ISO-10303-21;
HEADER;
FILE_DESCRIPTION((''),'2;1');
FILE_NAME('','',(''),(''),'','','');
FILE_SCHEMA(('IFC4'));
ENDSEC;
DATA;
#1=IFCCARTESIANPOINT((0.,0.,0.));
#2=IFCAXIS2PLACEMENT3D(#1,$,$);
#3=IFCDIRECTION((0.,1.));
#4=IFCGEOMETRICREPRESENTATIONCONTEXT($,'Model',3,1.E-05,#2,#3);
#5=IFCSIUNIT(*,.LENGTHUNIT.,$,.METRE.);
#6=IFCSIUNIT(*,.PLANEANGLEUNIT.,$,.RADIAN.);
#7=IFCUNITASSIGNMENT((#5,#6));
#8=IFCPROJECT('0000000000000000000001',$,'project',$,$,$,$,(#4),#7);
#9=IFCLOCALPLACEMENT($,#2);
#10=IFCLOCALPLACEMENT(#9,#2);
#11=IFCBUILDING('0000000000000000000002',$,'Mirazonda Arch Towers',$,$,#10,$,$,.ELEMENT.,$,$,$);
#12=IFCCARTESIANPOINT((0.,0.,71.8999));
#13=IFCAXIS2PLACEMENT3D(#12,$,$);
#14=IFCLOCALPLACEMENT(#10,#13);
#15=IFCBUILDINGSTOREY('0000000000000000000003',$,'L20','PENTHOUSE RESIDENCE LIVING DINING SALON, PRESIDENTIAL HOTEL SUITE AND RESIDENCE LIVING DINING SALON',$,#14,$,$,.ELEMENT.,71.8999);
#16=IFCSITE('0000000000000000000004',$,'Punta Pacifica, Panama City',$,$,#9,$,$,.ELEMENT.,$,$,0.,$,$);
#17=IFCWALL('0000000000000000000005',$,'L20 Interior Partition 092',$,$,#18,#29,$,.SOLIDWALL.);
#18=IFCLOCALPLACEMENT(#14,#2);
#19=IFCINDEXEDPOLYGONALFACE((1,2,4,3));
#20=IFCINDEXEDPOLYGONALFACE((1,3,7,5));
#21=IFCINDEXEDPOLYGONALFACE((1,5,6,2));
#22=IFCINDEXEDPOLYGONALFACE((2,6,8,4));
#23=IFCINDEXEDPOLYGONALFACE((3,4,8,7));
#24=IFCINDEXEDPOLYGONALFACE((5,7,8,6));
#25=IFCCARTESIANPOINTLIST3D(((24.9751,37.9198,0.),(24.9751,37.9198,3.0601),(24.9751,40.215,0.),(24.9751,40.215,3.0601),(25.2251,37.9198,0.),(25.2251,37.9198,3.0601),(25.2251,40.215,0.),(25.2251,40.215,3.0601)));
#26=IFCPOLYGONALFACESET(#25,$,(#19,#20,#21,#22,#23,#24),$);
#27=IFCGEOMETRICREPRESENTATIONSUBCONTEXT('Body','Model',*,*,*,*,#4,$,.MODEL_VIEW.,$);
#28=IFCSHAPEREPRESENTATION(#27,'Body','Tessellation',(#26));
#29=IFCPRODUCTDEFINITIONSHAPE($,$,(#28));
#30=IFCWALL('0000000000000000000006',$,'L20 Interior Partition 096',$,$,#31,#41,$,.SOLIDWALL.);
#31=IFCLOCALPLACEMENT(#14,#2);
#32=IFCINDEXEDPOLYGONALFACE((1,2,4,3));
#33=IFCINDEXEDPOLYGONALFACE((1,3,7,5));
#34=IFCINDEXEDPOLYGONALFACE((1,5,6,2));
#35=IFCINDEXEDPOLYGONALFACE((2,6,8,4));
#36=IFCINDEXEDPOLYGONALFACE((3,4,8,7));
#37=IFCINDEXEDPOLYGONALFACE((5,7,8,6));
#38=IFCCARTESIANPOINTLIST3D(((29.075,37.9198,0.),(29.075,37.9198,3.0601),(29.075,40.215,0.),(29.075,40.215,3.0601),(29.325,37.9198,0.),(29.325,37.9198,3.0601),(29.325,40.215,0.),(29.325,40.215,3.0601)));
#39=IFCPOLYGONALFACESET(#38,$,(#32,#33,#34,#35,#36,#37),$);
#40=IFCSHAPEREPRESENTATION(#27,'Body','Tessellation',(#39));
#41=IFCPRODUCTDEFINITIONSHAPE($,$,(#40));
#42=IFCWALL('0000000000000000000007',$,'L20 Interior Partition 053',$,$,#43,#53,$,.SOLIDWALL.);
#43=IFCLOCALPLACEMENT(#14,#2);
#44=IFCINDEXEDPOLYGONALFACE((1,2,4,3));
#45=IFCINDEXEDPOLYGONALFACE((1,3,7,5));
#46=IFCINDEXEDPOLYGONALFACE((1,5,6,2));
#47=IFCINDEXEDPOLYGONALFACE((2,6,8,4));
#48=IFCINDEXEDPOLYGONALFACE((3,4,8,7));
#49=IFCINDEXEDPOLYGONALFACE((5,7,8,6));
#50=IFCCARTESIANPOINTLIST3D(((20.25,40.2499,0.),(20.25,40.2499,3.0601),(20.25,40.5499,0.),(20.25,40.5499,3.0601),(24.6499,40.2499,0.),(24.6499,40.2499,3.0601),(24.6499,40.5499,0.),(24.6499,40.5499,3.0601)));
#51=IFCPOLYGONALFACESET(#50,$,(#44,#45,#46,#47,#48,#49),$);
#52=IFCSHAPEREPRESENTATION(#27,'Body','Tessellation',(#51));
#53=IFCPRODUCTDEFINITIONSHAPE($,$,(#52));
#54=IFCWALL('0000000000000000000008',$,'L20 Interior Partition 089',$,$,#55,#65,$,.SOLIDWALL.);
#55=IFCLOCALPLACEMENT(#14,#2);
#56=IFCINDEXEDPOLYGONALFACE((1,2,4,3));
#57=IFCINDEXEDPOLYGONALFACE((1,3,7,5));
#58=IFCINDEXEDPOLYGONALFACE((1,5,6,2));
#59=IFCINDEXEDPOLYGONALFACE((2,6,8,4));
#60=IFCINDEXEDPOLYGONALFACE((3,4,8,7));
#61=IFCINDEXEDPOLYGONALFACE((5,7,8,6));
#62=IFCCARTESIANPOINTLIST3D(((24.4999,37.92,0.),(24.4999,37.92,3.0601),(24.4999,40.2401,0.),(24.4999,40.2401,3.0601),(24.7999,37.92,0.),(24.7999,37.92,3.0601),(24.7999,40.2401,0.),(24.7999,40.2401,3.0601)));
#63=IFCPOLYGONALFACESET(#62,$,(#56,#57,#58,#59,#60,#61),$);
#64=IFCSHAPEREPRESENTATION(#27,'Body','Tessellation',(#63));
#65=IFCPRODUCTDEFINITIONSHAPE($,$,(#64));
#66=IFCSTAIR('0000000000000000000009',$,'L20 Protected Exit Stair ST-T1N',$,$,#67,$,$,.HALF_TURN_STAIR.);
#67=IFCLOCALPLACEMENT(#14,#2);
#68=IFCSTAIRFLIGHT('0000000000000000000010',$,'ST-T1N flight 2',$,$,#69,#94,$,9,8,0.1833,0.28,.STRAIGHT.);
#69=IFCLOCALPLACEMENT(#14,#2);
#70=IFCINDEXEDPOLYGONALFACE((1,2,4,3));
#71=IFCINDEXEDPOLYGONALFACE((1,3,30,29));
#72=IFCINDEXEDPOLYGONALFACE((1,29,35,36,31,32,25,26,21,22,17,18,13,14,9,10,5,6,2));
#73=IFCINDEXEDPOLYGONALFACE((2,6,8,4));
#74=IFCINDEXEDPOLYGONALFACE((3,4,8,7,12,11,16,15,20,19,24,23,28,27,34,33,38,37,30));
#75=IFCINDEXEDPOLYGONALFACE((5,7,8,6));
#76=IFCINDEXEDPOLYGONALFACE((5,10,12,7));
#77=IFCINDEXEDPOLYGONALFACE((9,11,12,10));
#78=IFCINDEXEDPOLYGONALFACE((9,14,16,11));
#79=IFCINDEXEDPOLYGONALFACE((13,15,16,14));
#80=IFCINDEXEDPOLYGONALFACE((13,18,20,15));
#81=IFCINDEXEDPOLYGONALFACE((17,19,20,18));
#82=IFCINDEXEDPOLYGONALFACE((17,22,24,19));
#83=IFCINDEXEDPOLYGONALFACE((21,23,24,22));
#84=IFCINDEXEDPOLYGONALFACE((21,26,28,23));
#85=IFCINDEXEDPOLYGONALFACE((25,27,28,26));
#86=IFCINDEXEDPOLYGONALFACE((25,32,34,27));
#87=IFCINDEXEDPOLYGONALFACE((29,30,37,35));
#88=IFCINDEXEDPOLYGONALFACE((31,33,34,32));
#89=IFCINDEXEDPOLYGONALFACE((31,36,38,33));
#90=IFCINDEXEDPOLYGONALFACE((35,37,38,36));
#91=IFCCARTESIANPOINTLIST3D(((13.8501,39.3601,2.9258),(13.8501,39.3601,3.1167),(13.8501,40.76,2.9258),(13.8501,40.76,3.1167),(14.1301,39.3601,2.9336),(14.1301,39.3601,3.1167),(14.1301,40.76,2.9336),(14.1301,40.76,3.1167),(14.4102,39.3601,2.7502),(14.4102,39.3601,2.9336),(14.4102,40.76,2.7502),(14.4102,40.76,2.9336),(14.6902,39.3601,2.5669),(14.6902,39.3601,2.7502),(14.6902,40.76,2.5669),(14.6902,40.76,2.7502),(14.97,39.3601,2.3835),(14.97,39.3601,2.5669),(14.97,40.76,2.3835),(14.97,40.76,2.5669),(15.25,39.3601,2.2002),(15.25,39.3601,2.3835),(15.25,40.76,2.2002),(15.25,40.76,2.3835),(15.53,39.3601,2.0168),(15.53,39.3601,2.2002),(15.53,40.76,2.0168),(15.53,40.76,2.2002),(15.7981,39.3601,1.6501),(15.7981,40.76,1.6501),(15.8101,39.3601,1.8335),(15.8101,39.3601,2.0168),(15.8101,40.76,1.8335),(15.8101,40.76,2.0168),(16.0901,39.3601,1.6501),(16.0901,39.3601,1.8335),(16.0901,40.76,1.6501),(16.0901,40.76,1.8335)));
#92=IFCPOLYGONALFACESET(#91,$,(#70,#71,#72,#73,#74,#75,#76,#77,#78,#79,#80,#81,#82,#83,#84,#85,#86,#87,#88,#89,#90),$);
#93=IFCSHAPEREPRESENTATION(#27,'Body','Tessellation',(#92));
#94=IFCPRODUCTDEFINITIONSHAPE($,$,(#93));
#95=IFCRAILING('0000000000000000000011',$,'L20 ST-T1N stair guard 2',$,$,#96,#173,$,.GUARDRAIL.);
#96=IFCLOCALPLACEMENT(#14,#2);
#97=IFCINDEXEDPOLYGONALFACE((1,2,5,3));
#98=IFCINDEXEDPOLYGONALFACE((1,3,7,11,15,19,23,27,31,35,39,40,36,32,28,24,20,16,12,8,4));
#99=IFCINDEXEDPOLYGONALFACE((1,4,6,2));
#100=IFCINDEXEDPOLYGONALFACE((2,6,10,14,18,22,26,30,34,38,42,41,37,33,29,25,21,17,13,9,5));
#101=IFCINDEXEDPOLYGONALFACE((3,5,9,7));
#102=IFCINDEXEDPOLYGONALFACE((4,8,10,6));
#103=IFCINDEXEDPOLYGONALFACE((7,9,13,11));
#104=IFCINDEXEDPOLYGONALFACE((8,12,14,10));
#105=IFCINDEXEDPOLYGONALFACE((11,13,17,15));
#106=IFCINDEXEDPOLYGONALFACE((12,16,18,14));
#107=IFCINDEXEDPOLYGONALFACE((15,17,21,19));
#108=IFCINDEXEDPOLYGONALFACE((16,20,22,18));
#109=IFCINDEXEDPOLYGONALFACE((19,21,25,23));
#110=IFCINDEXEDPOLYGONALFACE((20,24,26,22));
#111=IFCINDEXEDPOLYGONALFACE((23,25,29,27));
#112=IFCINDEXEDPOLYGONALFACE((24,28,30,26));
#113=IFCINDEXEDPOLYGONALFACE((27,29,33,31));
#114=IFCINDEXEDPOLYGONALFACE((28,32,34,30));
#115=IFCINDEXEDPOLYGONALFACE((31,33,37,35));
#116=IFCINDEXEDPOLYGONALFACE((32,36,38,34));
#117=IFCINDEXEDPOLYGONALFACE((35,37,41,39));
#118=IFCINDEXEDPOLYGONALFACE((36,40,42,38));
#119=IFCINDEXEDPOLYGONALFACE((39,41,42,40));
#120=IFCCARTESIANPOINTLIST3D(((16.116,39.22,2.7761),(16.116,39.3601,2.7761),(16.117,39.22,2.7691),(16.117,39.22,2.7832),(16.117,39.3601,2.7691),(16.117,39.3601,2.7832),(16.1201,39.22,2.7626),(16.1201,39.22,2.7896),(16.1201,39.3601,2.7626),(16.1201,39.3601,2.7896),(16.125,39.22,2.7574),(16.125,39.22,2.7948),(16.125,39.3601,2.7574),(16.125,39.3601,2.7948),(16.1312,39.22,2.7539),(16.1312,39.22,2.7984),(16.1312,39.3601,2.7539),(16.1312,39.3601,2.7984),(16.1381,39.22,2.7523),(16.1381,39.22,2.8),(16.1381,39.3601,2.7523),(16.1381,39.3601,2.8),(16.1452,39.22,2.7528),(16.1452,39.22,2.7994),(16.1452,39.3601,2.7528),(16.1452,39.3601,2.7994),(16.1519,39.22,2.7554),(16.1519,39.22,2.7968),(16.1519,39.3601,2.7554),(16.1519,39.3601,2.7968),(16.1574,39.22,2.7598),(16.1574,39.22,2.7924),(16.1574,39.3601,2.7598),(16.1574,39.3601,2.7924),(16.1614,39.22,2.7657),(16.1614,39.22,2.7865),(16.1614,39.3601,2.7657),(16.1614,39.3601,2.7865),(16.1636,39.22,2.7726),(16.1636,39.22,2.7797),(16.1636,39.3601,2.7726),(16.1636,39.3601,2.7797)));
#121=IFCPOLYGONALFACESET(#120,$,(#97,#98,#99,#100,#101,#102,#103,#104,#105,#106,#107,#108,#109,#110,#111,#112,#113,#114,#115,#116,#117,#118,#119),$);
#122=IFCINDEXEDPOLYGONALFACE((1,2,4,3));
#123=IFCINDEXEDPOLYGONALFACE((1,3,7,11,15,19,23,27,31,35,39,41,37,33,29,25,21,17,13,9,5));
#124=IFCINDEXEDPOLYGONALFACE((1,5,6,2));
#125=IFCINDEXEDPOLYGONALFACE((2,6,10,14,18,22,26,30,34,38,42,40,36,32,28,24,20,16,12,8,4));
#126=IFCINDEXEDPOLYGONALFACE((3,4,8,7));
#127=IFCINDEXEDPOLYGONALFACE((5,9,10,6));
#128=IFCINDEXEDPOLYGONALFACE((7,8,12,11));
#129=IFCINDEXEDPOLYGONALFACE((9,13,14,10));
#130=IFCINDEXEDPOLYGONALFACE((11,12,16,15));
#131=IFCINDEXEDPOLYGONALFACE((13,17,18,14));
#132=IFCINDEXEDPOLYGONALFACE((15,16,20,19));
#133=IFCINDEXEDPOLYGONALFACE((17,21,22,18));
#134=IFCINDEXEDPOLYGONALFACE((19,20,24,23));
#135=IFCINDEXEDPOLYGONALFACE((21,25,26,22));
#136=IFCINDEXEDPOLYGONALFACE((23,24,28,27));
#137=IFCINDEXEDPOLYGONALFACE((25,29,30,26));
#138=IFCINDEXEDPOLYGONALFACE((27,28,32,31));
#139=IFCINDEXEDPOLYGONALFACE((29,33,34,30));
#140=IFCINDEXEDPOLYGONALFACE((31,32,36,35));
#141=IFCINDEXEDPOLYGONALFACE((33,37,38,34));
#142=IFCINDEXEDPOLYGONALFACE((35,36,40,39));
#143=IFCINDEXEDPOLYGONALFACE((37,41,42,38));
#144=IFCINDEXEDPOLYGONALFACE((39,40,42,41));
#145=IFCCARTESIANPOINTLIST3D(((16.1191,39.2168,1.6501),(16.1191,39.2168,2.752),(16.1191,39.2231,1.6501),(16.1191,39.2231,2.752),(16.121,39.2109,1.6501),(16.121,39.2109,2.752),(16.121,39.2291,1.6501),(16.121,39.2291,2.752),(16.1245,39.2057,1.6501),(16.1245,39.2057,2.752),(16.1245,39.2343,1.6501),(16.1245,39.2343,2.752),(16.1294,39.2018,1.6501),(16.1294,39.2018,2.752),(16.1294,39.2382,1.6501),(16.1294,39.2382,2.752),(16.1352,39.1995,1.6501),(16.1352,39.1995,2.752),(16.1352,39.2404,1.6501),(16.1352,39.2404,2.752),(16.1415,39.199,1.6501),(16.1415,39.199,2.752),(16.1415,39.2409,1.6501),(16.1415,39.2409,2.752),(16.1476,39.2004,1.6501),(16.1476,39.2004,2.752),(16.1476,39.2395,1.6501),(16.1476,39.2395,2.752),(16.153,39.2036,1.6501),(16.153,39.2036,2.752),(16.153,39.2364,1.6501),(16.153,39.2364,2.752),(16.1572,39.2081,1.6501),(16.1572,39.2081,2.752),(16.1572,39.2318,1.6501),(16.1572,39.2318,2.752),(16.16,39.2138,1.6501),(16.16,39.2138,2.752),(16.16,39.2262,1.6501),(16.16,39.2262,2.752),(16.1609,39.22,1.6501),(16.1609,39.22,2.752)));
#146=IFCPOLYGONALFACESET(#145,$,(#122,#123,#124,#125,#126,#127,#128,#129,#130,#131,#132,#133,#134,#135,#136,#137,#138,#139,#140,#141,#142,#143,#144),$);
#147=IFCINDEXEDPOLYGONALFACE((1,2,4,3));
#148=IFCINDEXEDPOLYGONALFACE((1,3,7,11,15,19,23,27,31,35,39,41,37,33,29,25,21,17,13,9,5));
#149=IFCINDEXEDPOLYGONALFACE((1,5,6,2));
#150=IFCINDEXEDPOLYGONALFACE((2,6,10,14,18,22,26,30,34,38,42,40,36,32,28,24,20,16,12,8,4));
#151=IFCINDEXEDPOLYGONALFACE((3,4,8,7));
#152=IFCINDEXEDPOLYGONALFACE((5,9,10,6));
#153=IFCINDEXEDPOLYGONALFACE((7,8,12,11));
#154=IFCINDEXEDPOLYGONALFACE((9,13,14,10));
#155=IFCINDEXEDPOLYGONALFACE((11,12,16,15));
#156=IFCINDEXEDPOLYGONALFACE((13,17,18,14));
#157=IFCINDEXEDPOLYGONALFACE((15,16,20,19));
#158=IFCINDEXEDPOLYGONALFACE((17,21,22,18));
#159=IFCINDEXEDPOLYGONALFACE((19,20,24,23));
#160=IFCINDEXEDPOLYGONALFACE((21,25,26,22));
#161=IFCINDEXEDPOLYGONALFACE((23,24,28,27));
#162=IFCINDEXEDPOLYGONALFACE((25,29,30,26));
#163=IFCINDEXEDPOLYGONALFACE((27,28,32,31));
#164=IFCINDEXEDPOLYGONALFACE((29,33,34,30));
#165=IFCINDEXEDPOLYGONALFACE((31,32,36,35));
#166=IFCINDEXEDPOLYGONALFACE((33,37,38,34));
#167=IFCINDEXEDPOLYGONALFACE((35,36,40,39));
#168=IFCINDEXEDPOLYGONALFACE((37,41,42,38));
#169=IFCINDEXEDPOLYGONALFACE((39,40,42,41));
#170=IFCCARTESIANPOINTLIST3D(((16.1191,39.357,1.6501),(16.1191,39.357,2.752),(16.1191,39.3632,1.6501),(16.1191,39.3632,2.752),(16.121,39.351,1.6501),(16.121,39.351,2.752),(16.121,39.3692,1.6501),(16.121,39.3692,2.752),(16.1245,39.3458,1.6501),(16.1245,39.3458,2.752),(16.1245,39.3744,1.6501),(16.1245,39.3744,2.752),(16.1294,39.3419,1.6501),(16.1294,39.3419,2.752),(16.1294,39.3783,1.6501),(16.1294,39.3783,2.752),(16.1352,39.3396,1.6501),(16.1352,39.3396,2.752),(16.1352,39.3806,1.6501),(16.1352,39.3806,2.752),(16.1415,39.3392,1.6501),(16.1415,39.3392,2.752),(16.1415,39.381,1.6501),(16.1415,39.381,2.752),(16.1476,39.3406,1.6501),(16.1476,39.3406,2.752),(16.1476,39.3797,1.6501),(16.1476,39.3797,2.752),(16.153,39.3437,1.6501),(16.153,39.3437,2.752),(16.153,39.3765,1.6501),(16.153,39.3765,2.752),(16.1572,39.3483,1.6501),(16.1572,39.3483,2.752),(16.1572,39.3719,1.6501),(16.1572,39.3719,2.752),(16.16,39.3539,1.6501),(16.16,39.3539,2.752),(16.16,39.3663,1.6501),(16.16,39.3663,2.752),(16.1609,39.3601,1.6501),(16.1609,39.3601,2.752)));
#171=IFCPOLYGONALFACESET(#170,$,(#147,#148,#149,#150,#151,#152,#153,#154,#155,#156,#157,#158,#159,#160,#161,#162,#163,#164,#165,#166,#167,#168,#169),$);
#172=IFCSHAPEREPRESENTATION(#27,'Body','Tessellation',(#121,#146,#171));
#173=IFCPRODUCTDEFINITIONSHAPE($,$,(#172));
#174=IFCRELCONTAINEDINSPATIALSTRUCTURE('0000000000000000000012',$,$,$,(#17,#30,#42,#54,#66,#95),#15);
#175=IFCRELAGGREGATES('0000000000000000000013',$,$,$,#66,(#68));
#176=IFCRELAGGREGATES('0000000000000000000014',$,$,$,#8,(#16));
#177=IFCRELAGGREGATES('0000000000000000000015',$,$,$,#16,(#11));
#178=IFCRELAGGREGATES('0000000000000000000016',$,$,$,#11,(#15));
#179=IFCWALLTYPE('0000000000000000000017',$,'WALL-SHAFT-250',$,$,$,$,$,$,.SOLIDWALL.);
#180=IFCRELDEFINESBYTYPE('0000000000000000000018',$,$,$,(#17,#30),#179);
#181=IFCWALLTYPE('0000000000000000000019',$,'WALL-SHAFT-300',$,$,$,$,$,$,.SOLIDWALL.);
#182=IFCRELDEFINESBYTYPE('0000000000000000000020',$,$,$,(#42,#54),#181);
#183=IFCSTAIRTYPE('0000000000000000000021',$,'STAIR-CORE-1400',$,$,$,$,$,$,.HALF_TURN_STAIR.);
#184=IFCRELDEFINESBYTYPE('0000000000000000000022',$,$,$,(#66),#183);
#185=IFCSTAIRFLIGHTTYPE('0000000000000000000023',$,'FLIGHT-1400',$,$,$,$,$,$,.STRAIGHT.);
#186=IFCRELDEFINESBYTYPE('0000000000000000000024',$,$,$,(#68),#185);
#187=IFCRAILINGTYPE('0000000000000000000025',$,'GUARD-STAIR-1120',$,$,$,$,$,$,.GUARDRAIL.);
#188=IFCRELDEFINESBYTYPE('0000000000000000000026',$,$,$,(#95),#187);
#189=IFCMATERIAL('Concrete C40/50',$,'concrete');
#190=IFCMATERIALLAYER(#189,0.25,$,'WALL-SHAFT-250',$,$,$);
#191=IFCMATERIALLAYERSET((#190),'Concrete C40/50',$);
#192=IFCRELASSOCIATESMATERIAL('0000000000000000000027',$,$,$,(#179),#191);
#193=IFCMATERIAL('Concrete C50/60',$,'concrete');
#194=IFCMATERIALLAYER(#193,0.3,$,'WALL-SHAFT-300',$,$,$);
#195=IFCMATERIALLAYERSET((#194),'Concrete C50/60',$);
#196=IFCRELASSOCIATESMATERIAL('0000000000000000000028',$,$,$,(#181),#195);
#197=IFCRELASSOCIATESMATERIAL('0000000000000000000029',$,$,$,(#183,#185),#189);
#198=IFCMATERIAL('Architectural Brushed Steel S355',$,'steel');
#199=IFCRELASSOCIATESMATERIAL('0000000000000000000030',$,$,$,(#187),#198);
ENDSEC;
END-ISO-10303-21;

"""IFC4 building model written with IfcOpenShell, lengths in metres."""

from ifc_helpers import new_model, si_unit, direction, frame, frame_2d, origin, origin_2d, place, context, subcontext, project, spatial, polyline, rectangle, circle, outline, extrude, material, layer, layer_set, type_object, element, aggregate, save


model = new_model("IFC4")

# Units and contexts
model_context = context("Model", 3, precision=1e-05, world=origin(), true_north=direction((0.0, 1.0)))
body_context = subcontext(model_context, "Body", "Model", "MODEL_VIEW")
ifc_project = project(units=[si_unit("LENGTHUNIT", "METRE"), si_unit("PLANEANGLEUNIT", "RADIAN")], contexts=[model_context])

# Site, building, storey
site_placement = place(None, origin())
site = spatial("IfcSite", under=ifc_project, at=site_placement, Name="Punta Pacifica, Panama City", CompositionType="ELEMENT", RefElevation=0.0)
building_placement = place(site_placement, origin())
building = spatial("IfcBuilding", under=site, at=building_placement, Name="Mirazonda Arch Towers", CompositionType="ELEMENT")
storey_placement = place(building_placement, frame((0.0, 0.0, 71.8999)))
storey = spatial("IfcBuildingStorey", under=building, at=storey_placement, Name="L20", Description="PENTHOUSE RESIDENCE LIVING DINING SALON, PRESIDENTIAL HOTEL SUITE AND RESIDENCE LIVING DINING SALON", CompositionType="ELEMENT", Elevation=71.8999)

# Shared definitions
ifc_material_1 = material(Name="Architectural Brushed Steel S355", Category="steel")

# Walls
ifc_material_2 = material(Name="Concrete C40/50", Category="concrete")
ifc_layer_1 = layer(ifc_material_2, 0.25, Name="WALL-SHAFT-250")
ifc_layer_set_1 = layer_set([ifc_layer_1], Name="Concrete C40/50")
wall_type_1 = type_object("IfcWallType", Name="WALL-SHAFT-250", PredefinedType="SOLIDWALL", material=ifc_layer_set_1)
for number, where, z_axis, x_axis, name in (
    (1, (25.1001, 37.9199, 0.0), (0.0, 0.0, 1.0), (0.0, 1.0, 0.0), "L20 Interior Partition 092"),
    (2, (29.2, 37.9199, 0.0), (0.0, 0.0, 1.0), (0.0, 1.0, 0.0), "L20 Interior Partition 096"),
):
    element("IfcWall", number, at=place(storey_placement, frame(where, z_axis=z_axis, x_axis=x_axis)), inside=storey, type_object=wall_type_1, Name=name, PredefinedType="SOLIDWALL", context=body_context, shape_type="SweptSolid", body=[
        extrude(rectangle(XDim=2.2952, YDim=0.25, at=frame_2d((1.1475, 0.0))), origin(), (0.0, 0.0, 1.0), 3.0601),
    ])
ifc_material_3 = material(Name="Concrete C50/60", Category="concrete")
ifc_layer_2 = layer(ifc_material_3, 0.3, Name="WALL-SHAFT-300")
ifc_layer_set_2 = layer_set([ifc_layer_2], Name="Concrete C50/60")
wall_type_2 = type_object("IfcWallType", Name="WALL-SHAFT-300", PredefinedType="SOLIDWALL", material=ifc_layer_set_2)
wall_1_placement = place(storey_placement, frame((20.25, 40.3999, 0.0), z_axis=(0.0, 0.0, 1.0), x_axis=(1.0, 0.0, 0.0)))
element("IfcWall", 3, at=wall_1_placement, inside=storey, type_object=wall_type_2, Name="L20 Interior Partition 053", PredefinedType="SOLIDWALL", context=body_context, shape_type="SweptSolid", body=[
    extrude(rectangle(XDim=4.3999, YDim=0.3, at=frame_2d((2.2, 0.0))), origin(), (0.0, 0.0, 1.0), 3.0601),
])
wall_2_placement = place(storey_placement, frame((24.6499, 37.9199, 0.0), z_axis=(0.0, 0.0, 1.0), x_axis=(0.0, 1.0, 0.0)))
element("IfcWall", 4, at=wall_2_placement, inside=storey, type_object=wall_type_2, Name="L20 Interior Partition 089", PredefinedType="SOLIDWALL", context=body_context, shape_type="SweptSolid", body=[
    extrude(rectangle(XDim=2.3201, YDim=0.3, at=frame_2d((1.1602, 0.0))), origin(), (0.0, 0.0, 1.0), 3.0601),
])

# Stair, stair flight
stair_type = type_object("IfcStairType", Name="STAIR-CORE-1400", PredefinedType="HALF_TURN_STAIR", material=ifc_material_2)
stair_placement = place(storey_placement, origin())
stair = element("IfcStair", 5, at=stair_placement, inside=storey, type_object=stair_type, Name="L20 Protected Exit Stair ST-T1N", PredefinedType="HALF_TURN_STAIR")
stair_flight_type = type_object("IfcStairFlightType", Name="FLIGHT-1400", PredefinedType="STRAIGHT", material=ifc_material_2)
stair_flight_placement = place(storey_placement, frame((16.0901, 40.0601, 1.6501), z_axis=(0.0, 0.0, 1.0), x_axis=(-1.0, 0.0, 0.0)))
stair_flight = element("IfcStairFlight", 6, at=stair_flight_placement, type_object=stair_flight_type, Name="ST-T1N flight 2", NumberOfRisers=9, NumberOfTreads=8, PredefinedType="STRAIGHT", RiserHeight=0.1833, TreadLength=0.28, context=body_context, shape_type="SweptSolid", body=[
    extrude(outline(polyline([(0.0, 0.0), (0.0, 0.1833), (0.28, 0.1833), (0.28, 0.3667), (0.5601, 0.3667), (0.5601, 0.55), (0.8401, 0.55), (0.8401, 0.7334), (1.1201, 0.7334), (1.1201, 0.9167), (1.3999, 0.9167), (1.3999, 1.1001), (1.6799, 1.1001), (1.6799, 1.2834), (1.96, 1.2834), (1.96, 1.4666), (2.24, 1.4666), (2.24, 1.6499), (2.24, 1.2756), (0.292, 0.0), (0.0, 0.0)])), frame((0.0, 0.7, 0.0), z_axis=(0.0, -1.0, 0.0), x_axis=(1.0, 0.0, 0.0)), (0.0, 0.0, 1.0), 1.3999),
])
aggregate(stair, [stair_flight])

# Railing
railing_type_1 = type_object("IfcRailingType", Name="GUARD-STAIR-1120", PredefinedType="GUARDRAIL", material=ifc_material_1)
railing_1_placement = place(storey_placement, frame((16.1399, 39.22, 1.6501)))
element("IfcRailing", 7, at=railing_1_placement, inside=storey, type_object=railing_type_1, Name="L20 ST-T1N stair guard 2", PredefinedType="GUARDRAIL", context=body_context, shape_type="SweptSolid", body=[
    extrude(circle(Radius=0.0239, at=origin_2d()), frame((0.0, 0.0, 1.126), z_axis=(0.0, 1.0, 0.0), x_axis=(-1.0, 0.0, 0.0)), (0.0, 0.0, 1.0), 0.1401),
    extrude(circle(Radius=0.021, at=origin_2d()), origin(), (0.0, 0.0, 1.0), 1.1018),
    extrude(circle(Radius=0.021, at=origin_2d()), frame((0.0, 0.1401, 0.0)), (0.0, 0.0, 1.0), 1.1018),
])

save(model, "model.ifc")
